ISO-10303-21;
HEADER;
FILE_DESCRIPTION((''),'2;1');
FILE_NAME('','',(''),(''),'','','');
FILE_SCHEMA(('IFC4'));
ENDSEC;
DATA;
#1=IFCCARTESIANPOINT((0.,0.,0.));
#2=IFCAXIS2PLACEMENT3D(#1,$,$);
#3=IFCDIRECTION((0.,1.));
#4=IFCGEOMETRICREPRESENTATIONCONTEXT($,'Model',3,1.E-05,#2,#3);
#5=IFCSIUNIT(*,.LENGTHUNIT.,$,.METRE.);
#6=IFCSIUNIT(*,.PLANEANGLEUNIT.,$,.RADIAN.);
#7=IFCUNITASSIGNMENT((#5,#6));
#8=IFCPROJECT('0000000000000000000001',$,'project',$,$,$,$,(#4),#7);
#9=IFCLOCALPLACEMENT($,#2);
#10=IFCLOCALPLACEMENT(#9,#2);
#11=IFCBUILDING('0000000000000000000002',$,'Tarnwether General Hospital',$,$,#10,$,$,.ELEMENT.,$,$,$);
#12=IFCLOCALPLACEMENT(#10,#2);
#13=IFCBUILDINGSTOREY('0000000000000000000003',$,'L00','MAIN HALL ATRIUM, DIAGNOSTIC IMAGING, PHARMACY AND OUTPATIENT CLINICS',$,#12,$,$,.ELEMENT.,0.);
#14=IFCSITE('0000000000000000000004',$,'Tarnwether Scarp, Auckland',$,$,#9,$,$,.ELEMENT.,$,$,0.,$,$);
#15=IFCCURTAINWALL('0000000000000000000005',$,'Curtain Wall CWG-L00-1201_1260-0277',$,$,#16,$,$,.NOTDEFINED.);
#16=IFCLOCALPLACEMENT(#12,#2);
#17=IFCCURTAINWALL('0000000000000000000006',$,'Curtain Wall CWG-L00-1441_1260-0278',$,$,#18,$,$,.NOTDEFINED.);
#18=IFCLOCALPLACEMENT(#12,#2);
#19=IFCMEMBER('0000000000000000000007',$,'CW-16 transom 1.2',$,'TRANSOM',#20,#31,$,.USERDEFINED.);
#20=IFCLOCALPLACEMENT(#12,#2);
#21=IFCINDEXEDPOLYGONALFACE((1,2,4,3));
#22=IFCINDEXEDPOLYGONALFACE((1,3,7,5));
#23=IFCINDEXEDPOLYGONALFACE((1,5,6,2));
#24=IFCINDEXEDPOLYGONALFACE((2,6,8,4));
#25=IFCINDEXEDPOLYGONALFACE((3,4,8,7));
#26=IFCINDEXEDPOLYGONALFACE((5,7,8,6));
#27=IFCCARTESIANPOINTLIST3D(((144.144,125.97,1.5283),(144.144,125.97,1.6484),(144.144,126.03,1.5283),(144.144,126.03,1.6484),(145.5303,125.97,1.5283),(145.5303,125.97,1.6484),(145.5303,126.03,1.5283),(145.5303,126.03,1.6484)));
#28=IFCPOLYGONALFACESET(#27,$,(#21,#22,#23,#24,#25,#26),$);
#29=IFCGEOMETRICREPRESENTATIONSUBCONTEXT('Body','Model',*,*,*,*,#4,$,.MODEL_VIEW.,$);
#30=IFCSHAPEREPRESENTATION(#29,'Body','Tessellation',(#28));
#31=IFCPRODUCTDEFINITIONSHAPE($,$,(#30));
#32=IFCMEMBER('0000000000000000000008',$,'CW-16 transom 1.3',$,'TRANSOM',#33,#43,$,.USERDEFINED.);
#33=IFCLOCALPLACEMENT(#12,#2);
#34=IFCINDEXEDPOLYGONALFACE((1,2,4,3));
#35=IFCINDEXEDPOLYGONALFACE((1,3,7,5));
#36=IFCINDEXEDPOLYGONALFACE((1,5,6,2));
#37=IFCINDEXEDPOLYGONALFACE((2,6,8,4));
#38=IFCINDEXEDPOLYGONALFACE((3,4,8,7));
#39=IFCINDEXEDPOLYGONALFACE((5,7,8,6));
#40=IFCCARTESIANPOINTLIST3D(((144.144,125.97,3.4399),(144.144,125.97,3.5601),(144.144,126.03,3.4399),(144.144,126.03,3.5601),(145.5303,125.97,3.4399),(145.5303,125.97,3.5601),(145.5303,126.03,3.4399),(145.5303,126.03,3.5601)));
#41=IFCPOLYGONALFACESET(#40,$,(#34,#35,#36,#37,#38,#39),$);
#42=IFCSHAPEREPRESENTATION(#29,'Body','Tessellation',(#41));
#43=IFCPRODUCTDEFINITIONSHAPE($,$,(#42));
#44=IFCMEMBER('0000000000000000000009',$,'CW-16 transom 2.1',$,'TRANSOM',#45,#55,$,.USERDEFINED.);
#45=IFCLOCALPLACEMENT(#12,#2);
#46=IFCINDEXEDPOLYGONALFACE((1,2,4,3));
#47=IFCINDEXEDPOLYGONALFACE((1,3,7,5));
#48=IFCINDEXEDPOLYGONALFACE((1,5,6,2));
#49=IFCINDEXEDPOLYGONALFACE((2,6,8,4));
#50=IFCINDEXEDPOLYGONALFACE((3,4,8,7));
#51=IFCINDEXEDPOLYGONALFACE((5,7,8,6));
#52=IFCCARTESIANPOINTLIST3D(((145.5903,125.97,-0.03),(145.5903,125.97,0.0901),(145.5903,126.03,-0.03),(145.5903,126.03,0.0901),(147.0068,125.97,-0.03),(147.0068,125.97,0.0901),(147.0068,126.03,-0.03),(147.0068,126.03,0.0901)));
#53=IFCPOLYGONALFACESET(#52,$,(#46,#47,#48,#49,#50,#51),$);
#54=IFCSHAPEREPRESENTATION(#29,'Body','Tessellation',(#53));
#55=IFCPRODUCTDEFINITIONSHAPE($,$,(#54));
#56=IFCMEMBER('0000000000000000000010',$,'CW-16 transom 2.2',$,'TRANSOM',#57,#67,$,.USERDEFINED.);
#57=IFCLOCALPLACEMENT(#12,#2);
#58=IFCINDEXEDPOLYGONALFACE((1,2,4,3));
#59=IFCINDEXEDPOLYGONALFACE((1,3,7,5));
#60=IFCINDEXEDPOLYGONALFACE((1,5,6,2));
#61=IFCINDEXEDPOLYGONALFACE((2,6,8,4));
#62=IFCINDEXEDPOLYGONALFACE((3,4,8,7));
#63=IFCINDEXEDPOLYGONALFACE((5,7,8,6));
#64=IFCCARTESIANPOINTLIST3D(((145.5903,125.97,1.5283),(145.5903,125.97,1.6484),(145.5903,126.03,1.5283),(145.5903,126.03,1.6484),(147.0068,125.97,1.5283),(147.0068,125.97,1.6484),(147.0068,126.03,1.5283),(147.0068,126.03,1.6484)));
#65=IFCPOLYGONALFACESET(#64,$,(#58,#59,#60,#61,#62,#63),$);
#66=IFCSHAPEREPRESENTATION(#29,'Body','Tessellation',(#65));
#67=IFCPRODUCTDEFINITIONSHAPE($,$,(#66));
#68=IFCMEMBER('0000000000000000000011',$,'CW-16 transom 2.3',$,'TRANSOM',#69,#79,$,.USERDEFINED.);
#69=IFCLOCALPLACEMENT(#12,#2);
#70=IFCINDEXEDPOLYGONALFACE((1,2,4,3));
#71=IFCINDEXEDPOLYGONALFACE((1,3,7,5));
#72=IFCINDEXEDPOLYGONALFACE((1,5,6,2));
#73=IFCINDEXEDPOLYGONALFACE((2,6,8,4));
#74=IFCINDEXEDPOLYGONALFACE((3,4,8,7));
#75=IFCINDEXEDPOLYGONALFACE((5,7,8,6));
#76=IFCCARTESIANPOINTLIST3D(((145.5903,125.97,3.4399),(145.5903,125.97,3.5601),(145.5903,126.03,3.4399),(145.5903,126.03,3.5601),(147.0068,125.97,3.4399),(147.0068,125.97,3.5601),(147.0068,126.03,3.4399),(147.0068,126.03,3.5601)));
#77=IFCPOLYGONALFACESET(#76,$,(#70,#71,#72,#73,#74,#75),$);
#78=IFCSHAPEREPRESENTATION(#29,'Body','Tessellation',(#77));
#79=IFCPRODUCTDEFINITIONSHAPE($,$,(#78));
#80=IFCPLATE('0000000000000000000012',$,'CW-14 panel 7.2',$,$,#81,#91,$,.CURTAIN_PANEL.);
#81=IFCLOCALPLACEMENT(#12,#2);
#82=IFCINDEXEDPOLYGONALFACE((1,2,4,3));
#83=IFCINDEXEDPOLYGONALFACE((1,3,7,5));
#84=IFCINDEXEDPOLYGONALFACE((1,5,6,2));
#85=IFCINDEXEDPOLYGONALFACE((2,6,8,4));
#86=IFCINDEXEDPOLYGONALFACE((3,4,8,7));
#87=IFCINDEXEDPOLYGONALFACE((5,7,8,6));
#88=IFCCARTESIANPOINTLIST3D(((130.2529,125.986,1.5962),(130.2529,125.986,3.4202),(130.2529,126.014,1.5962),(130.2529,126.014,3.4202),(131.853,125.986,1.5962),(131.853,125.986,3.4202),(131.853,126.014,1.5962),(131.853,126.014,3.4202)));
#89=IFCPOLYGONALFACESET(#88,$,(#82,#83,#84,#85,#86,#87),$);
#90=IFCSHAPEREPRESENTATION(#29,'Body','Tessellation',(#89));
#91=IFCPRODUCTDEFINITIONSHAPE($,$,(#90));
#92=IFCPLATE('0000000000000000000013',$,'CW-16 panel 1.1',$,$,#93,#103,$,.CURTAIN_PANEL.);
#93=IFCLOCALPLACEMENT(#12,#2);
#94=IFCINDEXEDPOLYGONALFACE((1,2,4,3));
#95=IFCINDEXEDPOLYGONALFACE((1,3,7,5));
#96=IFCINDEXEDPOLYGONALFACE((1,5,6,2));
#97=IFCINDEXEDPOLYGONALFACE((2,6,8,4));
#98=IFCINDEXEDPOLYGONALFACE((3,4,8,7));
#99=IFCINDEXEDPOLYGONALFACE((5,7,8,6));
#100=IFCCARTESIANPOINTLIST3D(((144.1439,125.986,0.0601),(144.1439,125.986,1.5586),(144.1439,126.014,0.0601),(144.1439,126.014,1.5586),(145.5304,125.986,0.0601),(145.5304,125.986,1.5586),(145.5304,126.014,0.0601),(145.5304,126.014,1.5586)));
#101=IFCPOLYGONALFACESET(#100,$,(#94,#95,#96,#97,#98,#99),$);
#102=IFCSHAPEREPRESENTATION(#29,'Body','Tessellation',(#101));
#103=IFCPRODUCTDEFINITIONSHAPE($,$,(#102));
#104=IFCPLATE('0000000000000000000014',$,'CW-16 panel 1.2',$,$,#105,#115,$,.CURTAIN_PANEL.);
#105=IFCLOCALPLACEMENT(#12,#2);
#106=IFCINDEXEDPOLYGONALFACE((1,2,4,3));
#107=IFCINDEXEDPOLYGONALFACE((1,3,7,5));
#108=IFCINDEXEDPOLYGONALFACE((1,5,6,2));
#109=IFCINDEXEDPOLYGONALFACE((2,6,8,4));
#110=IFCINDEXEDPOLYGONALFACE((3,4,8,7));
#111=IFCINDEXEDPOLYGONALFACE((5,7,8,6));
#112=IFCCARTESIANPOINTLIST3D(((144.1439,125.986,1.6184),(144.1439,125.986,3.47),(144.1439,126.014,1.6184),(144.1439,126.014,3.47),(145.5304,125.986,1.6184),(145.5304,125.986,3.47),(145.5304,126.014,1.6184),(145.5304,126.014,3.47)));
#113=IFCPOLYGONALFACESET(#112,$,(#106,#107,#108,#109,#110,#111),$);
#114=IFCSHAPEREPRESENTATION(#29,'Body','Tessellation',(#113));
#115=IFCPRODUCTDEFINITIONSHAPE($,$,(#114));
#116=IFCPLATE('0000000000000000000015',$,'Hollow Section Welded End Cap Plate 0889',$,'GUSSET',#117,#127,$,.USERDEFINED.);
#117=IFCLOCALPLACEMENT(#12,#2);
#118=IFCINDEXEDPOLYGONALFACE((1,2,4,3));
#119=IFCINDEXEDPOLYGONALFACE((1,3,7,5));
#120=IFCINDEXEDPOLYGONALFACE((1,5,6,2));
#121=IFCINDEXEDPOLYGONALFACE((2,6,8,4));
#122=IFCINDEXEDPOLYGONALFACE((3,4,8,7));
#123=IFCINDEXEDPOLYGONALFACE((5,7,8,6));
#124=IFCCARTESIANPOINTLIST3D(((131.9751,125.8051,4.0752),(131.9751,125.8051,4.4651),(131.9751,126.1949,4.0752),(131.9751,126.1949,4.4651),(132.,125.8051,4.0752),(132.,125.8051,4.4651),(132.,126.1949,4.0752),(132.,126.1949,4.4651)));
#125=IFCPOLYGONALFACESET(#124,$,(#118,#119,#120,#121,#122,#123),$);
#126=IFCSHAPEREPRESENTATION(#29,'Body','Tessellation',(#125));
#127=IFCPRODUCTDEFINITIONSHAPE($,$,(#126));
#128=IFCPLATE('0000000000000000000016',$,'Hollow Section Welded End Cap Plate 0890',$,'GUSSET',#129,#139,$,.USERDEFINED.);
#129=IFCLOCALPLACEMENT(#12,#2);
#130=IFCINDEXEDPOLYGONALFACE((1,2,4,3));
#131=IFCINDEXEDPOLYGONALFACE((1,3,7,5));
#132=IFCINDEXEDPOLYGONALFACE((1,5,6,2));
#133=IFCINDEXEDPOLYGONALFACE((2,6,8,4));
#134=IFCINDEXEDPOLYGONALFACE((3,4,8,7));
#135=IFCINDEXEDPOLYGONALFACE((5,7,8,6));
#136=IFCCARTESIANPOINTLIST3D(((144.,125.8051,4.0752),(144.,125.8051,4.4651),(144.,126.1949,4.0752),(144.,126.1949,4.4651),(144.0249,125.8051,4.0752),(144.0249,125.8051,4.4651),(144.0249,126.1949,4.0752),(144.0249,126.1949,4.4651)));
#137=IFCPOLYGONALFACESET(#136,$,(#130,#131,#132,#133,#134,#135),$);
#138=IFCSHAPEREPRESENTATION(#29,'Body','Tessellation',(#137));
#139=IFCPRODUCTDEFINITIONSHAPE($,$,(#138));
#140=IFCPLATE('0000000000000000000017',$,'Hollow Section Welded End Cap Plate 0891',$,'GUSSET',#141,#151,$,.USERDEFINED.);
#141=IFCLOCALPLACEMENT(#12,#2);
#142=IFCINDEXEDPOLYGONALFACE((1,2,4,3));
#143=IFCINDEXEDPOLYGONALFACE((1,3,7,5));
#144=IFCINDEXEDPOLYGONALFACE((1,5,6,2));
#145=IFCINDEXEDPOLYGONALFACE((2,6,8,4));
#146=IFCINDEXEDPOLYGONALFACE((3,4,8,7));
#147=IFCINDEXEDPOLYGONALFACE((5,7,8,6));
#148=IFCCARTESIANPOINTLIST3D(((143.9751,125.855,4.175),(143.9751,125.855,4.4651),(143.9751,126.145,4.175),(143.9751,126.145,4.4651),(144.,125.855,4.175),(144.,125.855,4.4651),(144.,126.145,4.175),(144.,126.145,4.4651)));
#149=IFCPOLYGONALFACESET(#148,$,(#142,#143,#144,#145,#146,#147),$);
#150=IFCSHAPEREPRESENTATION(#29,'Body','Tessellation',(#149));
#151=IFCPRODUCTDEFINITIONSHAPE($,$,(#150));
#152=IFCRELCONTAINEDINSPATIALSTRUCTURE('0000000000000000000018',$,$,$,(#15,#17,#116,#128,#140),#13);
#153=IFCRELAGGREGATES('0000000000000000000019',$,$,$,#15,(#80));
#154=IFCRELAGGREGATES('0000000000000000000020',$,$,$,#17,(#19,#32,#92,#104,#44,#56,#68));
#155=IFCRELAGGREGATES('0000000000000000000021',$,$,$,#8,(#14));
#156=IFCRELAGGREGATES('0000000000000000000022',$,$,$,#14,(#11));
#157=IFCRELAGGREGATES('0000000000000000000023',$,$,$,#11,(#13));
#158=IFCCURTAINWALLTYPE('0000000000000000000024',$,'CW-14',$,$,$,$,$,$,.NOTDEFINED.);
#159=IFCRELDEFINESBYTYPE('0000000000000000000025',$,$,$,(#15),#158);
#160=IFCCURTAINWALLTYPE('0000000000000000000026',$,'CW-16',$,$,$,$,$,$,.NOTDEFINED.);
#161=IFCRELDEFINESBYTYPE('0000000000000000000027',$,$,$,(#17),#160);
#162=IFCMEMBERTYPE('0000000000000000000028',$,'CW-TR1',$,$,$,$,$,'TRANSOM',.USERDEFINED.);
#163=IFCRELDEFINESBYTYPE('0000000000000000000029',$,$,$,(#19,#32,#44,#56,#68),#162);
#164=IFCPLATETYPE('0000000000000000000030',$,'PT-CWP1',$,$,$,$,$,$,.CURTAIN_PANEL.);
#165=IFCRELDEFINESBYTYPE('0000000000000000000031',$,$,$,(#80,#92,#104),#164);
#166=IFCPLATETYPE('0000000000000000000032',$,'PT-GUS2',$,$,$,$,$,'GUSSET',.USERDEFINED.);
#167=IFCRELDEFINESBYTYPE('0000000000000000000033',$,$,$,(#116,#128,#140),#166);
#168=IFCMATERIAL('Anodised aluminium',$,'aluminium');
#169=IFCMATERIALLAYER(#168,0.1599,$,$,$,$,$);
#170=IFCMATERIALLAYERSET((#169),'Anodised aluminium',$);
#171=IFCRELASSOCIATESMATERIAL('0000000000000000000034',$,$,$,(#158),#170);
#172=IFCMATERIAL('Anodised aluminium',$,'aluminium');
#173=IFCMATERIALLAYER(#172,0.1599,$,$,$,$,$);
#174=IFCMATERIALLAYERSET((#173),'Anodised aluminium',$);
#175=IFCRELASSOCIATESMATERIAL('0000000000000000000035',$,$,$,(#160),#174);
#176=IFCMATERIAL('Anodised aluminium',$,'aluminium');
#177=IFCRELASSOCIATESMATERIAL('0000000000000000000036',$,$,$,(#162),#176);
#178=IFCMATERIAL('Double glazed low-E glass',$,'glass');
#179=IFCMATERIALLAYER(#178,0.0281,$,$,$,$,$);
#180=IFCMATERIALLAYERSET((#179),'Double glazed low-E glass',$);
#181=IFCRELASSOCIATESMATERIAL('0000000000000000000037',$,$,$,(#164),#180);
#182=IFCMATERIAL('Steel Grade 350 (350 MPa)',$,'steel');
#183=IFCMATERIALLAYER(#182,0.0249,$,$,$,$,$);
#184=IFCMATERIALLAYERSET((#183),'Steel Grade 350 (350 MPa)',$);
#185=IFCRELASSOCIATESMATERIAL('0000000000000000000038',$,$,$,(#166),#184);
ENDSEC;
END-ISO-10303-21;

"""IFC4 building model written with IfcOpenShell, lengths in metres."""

from ifc_helpers import new_model, si_unit, direction, frame, origin, origin_2d, place, context, subcontext, project, spatial, rectangle, extrude, material, layer, layer_set, material_profile, profile_set, type_object, element, aggregate, save


model = new_model("IFC4")

# Units and contexts
model_context = context("Model", 3, precision=1e-05, world=origin(), true_north=direction((0.0, 1.0)))
body_context = subcontext(model_context, "Body", "Model", "MODEL_VIEW")
ifc_project = project(units=[si_unit("LENGTHUNIT", "METRE"), si_unit("PLANEANGLEUNIT", "RADIAN")], contexts=[model_context])

# Site, building, storey
site_placement = place(None, origin())
site = spatial("IfcSite", under=ifc_project, at=site_placement, Name="Tarnwether Scarp, Auckland", CompositionType="ELEMENT", RefElevation=0.0)
building_placement = place(site_placement, origin())
building = spatial("IfcBuilding", under=site, at=building_placement, Name="Tarnwether General Hospital", CompositionType="ELEMENT")
storey_placement = place(building_placement, origin())
storey = spatial("IfcBuildingStorey", under=building, at=storey_placement, Name="L00", Description="MAIN HALL ATRIUM, DIAGNOSTIC IMAGING, PHARMACY AND OUTPATIENT CLINICS", CompositionType="ELEMENT", Elevation=0.0)

# Curtain wall
ifc_material_1 = material(Name="Anodised aluminium", Category="aluminium")
ifc_layer_1 = layer(ifc_material_1, 0.1599)
ifc_layer_set_1 = layer_set([ifc_layer_1], Name="Anodised aluminium")
curtain_wall_type_1 = type_object("IfcCurtainWallType", Name="CW-14", PredefinedType="NOTDEFINED", material=ifc_layer_set_1)
curtain_wall_1_placement = place(storey_placement, origin())
curtain_wall_1 = element("IfcCurtainWall", 1, at=curtain_wall_1_placement, inside=storey, type_object=curtain_wall_type_1, Name="Curtain Wall CWG-L00-1201_1260-0277", PredefinedType="NOTDEFINED")

# Curtain wall, members
ifc_material_2 = material(Name="Anodised aluminium", Category="aluminium")
ifc_layer_2 = layer(ifc_material_2, 0.1599)
ifc_layer_set_2 = layer_set([ifc_layer_2], Name="Anodised aluminium")
curtain_wall_type_2 = type_object("IfcCurtainWallType", Name="CW-16", PredefinedType="NOTDEFINED", material=ifc_layer_set_2)
curtain_wall_2_placement = place(storey_placement, origin())
curtain_wall_2 = element("IfcCurtainWall", 2, at=curtain_wall_2_placement, inside=storey, type_object=curtain_wall_type_2, Name="Curtain Wall CWG-L00-1441_1260-0278", PredefinedType="NOTDEFINED")
ifc_material_3 = material(Name="Anodised aluminium", Category="aluminium")
ifc_material_profile_1 = material_profile(ifc_material_3, rectangle(XDim=0.0601, YDim=0.1201, at=origin_2d()), Name="ALU-TRN-60x120")
ifc_profile_set_1 = profile_set([ifc_material_profile_1], Name="Anodised aluminium")
member_type_1 = type_object("IfcMemberType", Name="CW-TR1", ElementType="TRANSOM", PredefinedType="USERDEFINED", material=ifc_profile_set_1)
member_1_placement = place(storey_placement, frame((144.144, 126.0, 1.5884), z_axis=(1.0, 0.0, 0.0), x_axis=(0.0, 1.0, 0.0)))
member_1 = element("IfcMember", 3, at=member_1_placement, type_object=member_type_1, Name="CW-16 transom 1.2", ObjectType="TRANSOM", PredefinedType="USERDEFINED", context=body_context, shape_type="SweptSolid", body=[
    extrude(rectangle(XDim=0.0601, YDim=0.1201, at=origin_2d()), origin(), (0.0, 0.0, 1.0), 1.3862),
])
member_2_placement = place(storey_placement, frame((144.144, 126.0, 3.5), z_axis=(1.0, 0.0, 0.0), x_axis=(0.0, 1.0, 0.0)))
member_2 = element("IfcMember", 4, at=member_2_placement, type_object=member_type_1, Name="CW-16 transom 1.3", ObjectType="TRANSOM", PredefinedType="USERDEFINED", context=body_context, shape_type="SweptSolid", body=[
    extrude(rectangle(XDim=0.0601, YDim=0.1201, at=origin_2d()), origin(), (0.0, 0.0, 1.0), 1.3862),
])
member_3_placement = place(storey_placement, frame((145.5903, 126.0, 0.03), z_axis=(1.0, 0.0, 0.0), x_axis=(0.0, 1.0, 0.0)))
member_3 = element("IfcMember", 5, at=member_3_placement, type_object=member_type_1, Name="CW-16 transom 2.1", ObjectType="TRANSOM", PredefinedType="USERDEFINED", context=body_context, shape_type="SweptSolid", body=[
    extrude(rectangle(XDim=0.0601, YDim=0.1201, at=origin_2d()), origin(), (0.0, 0.0, 1.0), 1.4165),
])
member_4_placement = place(storey_placement, frame((145.5903, 126.0, 1.5884), z_axis=(1.0, 0.0, 0.0), x_axis=(0.0, 1.0, 0.0)))
member_4 = element("IfcMember", 6, at=member_4_placement, type_object=member_type_1, Name="CW-16 transom 2.2", ObjectType="TRANSOM", PredefinedType="USERDEFINED", context=body_context, shape_type="SweptSolid", body=[
    extrude(rectangle(XDim=0.0601, YDim=0.1201, at=origin_2d()), origin(), (0.0, 0.0, 1.0), 1.4165),
])
member_5_placement = place(storey_placement, frame((145.5903, 126.0, 3.5), z_axis=(1.0, 0.0, 0.0), x_axis=(0.0, 1.0, 0.0)))
member_5 = element("IfcMember", 7, at=member_5_placement, type_object=member_type_1, Name="CW-16 transom 2.3", ObjectType="TRANSOM", PredefinedType="USERDEFINED", context=body_context, shape_type="SweptSolid", body=[
    extrude(rectangle(XDim=0.0601, YDim=0.1201, at=origin_2d()), origin(), (0.0, 0.0, 1.0), 1.4165),
])

# Plates
ifc_material_4 = material(Name="Double glazed low-E glass", Category="glass")
ifc_layer_3 = layer(ifc_material_4, 0.0281)
ifc_layer_set_3 = layer_set([ifc_layer_3], Name="Double glazed low-E glass")
plate_type_1 = type_object("IfcPlateType", Name="PT-CWP1", PredefinedType="CURTAIN_PANEL", material=ifc_layer_set_3)
plate_1_placement = place(storey_placement, frame((131.053, 126.0, 1.5962), z_axis=(0.0, 0.0, 1.0), x_axis=(1.0, 0.0, 0.0)))
plate_1 = element("IfcPlate", 8, at=plate_1_placement, type_object=plate_type_1, Name="CW-14 panel 7.2", PredefinedType="CURTAIN_PANEL", context=body_context, shape_type="SweptSolid", body=[
    extrude(rectangle(XDim=1.6001, YDim=0.0281, at=origin_2d()), origin(), (0.0, 0.0, 1.0), 1.824),
])
aggregate(curtain_wall_1, [plate_1])
plate_2_placement = place(storey_placement, frame((144.8372, 126.0, 0.0601), z_axis=(0.0, 0.0, 1.0), x_axis=(1.0, 0.0, 0.0)))
plate_2 = element("IfcPlate", 9, at=plate_2_placement, type_object=plate_type_1, Name="CW-16 panel 1.1", PredefinedType="CURTAIN_PANEL", context=body_context, shape_type="SweptSolid", body=[
    extrude(rectangle(XDim=1.3865, YDim=0.0281, at=origin_2d()), origin(), (0.0, 0.0, 1.0), 1.4985),
])
plate_3_placement = place(storey_placement, frame((144.8372, 126.0, 1.6184), z_axis=(0.0, 0.0, 1.0), x_axis=(1.0, 0.0, 0.0)))
plate_3 = element("IfcPlate", 10, at=plate_3_placement, type_object=plate_type_1, Name="CW-16 panel 1.2", PredefinedType="CURTAIN_PANEL", context=body_context, shape_type="SweptSolid", body=[
    extrude(rectangle(XDim=1.3865, YDim=0.0281, at=origin_2d()), origin(), (0.0, 0.0, 1.0), 1.8516),
])
aggregate(curtain_wall_2, [member_1, member_2, plate_2, plate_3, member_3, member_4, member_5])

# Plates
ifc_material_5 = material(Name="Steel Grade 350 (350 MPa)", Category="steel")
ifc_layer_4 = layer(ifc_material_5, 0.0249)
ifc_layer_set_4 = layer_set([ifc_layer_4], Name="Steel Grade 350 (350 MPa)")
plate_type_2 = type_object("IfcPlateType", Name="PT-GUS2", ElementType="GUSSET", PredefinedType="USERDEFINED", material=ifc_layer_set_4)
for number, where, z_axis, x_axis, name in (
    (11, (131.9875, 126.0, 4.0752), (0.0, 0.0, 1.0), (1.0, 0.0, 0.0), "Hollow Section Welded End Cap Plate 0889"),
    (12, (144.0125, 126.0, 4.0752), (0.0, 0.0, 1.0), (1.0, 0.0, 0.0), "Hollow Section Welded End Cap Plate 0890"),
):
    element("IfcPlate", number, at=place(storey_placement, frame(where, z_axis=z_axis, x_axis=x_axis)), inside=storey, type_object=plate_type_2, Name=name, ObjectType="GUSSET", PredefinedType="USERDEFINED", context=body_context, shape_type="SweptSolid", body=[
        extrude(rectangle(XDim=0.0249, YDim=0.3899, at=origin_2d()), origin(), (0.0, 0.0, 1.0), 0.3899),
    ])
plate_4_placement = place(storey_placement, frame((143.9875, 126.0, 4.175), z_axis=(0.0, 0.0, 1.0), x_axis=(1.0, 0.0, 0.0)))
element("IfcPlate", 13, at=plate_4_placement, inside=storey, type_object=plate_type_2, Name="Hollow Section Welded End Cap Plate 0891", ObjectType="GUSSET", PredefinedType="USERDEFINED", context=body_context, shape_type="SweptSolid", body=[
    extrude(rectangle(XDim=0.0249, YDim=0.29, at=origin_2d()), origin(), (0.0, 0.0, 1.0), 0.29),
])

save(model, "model.ifc")
